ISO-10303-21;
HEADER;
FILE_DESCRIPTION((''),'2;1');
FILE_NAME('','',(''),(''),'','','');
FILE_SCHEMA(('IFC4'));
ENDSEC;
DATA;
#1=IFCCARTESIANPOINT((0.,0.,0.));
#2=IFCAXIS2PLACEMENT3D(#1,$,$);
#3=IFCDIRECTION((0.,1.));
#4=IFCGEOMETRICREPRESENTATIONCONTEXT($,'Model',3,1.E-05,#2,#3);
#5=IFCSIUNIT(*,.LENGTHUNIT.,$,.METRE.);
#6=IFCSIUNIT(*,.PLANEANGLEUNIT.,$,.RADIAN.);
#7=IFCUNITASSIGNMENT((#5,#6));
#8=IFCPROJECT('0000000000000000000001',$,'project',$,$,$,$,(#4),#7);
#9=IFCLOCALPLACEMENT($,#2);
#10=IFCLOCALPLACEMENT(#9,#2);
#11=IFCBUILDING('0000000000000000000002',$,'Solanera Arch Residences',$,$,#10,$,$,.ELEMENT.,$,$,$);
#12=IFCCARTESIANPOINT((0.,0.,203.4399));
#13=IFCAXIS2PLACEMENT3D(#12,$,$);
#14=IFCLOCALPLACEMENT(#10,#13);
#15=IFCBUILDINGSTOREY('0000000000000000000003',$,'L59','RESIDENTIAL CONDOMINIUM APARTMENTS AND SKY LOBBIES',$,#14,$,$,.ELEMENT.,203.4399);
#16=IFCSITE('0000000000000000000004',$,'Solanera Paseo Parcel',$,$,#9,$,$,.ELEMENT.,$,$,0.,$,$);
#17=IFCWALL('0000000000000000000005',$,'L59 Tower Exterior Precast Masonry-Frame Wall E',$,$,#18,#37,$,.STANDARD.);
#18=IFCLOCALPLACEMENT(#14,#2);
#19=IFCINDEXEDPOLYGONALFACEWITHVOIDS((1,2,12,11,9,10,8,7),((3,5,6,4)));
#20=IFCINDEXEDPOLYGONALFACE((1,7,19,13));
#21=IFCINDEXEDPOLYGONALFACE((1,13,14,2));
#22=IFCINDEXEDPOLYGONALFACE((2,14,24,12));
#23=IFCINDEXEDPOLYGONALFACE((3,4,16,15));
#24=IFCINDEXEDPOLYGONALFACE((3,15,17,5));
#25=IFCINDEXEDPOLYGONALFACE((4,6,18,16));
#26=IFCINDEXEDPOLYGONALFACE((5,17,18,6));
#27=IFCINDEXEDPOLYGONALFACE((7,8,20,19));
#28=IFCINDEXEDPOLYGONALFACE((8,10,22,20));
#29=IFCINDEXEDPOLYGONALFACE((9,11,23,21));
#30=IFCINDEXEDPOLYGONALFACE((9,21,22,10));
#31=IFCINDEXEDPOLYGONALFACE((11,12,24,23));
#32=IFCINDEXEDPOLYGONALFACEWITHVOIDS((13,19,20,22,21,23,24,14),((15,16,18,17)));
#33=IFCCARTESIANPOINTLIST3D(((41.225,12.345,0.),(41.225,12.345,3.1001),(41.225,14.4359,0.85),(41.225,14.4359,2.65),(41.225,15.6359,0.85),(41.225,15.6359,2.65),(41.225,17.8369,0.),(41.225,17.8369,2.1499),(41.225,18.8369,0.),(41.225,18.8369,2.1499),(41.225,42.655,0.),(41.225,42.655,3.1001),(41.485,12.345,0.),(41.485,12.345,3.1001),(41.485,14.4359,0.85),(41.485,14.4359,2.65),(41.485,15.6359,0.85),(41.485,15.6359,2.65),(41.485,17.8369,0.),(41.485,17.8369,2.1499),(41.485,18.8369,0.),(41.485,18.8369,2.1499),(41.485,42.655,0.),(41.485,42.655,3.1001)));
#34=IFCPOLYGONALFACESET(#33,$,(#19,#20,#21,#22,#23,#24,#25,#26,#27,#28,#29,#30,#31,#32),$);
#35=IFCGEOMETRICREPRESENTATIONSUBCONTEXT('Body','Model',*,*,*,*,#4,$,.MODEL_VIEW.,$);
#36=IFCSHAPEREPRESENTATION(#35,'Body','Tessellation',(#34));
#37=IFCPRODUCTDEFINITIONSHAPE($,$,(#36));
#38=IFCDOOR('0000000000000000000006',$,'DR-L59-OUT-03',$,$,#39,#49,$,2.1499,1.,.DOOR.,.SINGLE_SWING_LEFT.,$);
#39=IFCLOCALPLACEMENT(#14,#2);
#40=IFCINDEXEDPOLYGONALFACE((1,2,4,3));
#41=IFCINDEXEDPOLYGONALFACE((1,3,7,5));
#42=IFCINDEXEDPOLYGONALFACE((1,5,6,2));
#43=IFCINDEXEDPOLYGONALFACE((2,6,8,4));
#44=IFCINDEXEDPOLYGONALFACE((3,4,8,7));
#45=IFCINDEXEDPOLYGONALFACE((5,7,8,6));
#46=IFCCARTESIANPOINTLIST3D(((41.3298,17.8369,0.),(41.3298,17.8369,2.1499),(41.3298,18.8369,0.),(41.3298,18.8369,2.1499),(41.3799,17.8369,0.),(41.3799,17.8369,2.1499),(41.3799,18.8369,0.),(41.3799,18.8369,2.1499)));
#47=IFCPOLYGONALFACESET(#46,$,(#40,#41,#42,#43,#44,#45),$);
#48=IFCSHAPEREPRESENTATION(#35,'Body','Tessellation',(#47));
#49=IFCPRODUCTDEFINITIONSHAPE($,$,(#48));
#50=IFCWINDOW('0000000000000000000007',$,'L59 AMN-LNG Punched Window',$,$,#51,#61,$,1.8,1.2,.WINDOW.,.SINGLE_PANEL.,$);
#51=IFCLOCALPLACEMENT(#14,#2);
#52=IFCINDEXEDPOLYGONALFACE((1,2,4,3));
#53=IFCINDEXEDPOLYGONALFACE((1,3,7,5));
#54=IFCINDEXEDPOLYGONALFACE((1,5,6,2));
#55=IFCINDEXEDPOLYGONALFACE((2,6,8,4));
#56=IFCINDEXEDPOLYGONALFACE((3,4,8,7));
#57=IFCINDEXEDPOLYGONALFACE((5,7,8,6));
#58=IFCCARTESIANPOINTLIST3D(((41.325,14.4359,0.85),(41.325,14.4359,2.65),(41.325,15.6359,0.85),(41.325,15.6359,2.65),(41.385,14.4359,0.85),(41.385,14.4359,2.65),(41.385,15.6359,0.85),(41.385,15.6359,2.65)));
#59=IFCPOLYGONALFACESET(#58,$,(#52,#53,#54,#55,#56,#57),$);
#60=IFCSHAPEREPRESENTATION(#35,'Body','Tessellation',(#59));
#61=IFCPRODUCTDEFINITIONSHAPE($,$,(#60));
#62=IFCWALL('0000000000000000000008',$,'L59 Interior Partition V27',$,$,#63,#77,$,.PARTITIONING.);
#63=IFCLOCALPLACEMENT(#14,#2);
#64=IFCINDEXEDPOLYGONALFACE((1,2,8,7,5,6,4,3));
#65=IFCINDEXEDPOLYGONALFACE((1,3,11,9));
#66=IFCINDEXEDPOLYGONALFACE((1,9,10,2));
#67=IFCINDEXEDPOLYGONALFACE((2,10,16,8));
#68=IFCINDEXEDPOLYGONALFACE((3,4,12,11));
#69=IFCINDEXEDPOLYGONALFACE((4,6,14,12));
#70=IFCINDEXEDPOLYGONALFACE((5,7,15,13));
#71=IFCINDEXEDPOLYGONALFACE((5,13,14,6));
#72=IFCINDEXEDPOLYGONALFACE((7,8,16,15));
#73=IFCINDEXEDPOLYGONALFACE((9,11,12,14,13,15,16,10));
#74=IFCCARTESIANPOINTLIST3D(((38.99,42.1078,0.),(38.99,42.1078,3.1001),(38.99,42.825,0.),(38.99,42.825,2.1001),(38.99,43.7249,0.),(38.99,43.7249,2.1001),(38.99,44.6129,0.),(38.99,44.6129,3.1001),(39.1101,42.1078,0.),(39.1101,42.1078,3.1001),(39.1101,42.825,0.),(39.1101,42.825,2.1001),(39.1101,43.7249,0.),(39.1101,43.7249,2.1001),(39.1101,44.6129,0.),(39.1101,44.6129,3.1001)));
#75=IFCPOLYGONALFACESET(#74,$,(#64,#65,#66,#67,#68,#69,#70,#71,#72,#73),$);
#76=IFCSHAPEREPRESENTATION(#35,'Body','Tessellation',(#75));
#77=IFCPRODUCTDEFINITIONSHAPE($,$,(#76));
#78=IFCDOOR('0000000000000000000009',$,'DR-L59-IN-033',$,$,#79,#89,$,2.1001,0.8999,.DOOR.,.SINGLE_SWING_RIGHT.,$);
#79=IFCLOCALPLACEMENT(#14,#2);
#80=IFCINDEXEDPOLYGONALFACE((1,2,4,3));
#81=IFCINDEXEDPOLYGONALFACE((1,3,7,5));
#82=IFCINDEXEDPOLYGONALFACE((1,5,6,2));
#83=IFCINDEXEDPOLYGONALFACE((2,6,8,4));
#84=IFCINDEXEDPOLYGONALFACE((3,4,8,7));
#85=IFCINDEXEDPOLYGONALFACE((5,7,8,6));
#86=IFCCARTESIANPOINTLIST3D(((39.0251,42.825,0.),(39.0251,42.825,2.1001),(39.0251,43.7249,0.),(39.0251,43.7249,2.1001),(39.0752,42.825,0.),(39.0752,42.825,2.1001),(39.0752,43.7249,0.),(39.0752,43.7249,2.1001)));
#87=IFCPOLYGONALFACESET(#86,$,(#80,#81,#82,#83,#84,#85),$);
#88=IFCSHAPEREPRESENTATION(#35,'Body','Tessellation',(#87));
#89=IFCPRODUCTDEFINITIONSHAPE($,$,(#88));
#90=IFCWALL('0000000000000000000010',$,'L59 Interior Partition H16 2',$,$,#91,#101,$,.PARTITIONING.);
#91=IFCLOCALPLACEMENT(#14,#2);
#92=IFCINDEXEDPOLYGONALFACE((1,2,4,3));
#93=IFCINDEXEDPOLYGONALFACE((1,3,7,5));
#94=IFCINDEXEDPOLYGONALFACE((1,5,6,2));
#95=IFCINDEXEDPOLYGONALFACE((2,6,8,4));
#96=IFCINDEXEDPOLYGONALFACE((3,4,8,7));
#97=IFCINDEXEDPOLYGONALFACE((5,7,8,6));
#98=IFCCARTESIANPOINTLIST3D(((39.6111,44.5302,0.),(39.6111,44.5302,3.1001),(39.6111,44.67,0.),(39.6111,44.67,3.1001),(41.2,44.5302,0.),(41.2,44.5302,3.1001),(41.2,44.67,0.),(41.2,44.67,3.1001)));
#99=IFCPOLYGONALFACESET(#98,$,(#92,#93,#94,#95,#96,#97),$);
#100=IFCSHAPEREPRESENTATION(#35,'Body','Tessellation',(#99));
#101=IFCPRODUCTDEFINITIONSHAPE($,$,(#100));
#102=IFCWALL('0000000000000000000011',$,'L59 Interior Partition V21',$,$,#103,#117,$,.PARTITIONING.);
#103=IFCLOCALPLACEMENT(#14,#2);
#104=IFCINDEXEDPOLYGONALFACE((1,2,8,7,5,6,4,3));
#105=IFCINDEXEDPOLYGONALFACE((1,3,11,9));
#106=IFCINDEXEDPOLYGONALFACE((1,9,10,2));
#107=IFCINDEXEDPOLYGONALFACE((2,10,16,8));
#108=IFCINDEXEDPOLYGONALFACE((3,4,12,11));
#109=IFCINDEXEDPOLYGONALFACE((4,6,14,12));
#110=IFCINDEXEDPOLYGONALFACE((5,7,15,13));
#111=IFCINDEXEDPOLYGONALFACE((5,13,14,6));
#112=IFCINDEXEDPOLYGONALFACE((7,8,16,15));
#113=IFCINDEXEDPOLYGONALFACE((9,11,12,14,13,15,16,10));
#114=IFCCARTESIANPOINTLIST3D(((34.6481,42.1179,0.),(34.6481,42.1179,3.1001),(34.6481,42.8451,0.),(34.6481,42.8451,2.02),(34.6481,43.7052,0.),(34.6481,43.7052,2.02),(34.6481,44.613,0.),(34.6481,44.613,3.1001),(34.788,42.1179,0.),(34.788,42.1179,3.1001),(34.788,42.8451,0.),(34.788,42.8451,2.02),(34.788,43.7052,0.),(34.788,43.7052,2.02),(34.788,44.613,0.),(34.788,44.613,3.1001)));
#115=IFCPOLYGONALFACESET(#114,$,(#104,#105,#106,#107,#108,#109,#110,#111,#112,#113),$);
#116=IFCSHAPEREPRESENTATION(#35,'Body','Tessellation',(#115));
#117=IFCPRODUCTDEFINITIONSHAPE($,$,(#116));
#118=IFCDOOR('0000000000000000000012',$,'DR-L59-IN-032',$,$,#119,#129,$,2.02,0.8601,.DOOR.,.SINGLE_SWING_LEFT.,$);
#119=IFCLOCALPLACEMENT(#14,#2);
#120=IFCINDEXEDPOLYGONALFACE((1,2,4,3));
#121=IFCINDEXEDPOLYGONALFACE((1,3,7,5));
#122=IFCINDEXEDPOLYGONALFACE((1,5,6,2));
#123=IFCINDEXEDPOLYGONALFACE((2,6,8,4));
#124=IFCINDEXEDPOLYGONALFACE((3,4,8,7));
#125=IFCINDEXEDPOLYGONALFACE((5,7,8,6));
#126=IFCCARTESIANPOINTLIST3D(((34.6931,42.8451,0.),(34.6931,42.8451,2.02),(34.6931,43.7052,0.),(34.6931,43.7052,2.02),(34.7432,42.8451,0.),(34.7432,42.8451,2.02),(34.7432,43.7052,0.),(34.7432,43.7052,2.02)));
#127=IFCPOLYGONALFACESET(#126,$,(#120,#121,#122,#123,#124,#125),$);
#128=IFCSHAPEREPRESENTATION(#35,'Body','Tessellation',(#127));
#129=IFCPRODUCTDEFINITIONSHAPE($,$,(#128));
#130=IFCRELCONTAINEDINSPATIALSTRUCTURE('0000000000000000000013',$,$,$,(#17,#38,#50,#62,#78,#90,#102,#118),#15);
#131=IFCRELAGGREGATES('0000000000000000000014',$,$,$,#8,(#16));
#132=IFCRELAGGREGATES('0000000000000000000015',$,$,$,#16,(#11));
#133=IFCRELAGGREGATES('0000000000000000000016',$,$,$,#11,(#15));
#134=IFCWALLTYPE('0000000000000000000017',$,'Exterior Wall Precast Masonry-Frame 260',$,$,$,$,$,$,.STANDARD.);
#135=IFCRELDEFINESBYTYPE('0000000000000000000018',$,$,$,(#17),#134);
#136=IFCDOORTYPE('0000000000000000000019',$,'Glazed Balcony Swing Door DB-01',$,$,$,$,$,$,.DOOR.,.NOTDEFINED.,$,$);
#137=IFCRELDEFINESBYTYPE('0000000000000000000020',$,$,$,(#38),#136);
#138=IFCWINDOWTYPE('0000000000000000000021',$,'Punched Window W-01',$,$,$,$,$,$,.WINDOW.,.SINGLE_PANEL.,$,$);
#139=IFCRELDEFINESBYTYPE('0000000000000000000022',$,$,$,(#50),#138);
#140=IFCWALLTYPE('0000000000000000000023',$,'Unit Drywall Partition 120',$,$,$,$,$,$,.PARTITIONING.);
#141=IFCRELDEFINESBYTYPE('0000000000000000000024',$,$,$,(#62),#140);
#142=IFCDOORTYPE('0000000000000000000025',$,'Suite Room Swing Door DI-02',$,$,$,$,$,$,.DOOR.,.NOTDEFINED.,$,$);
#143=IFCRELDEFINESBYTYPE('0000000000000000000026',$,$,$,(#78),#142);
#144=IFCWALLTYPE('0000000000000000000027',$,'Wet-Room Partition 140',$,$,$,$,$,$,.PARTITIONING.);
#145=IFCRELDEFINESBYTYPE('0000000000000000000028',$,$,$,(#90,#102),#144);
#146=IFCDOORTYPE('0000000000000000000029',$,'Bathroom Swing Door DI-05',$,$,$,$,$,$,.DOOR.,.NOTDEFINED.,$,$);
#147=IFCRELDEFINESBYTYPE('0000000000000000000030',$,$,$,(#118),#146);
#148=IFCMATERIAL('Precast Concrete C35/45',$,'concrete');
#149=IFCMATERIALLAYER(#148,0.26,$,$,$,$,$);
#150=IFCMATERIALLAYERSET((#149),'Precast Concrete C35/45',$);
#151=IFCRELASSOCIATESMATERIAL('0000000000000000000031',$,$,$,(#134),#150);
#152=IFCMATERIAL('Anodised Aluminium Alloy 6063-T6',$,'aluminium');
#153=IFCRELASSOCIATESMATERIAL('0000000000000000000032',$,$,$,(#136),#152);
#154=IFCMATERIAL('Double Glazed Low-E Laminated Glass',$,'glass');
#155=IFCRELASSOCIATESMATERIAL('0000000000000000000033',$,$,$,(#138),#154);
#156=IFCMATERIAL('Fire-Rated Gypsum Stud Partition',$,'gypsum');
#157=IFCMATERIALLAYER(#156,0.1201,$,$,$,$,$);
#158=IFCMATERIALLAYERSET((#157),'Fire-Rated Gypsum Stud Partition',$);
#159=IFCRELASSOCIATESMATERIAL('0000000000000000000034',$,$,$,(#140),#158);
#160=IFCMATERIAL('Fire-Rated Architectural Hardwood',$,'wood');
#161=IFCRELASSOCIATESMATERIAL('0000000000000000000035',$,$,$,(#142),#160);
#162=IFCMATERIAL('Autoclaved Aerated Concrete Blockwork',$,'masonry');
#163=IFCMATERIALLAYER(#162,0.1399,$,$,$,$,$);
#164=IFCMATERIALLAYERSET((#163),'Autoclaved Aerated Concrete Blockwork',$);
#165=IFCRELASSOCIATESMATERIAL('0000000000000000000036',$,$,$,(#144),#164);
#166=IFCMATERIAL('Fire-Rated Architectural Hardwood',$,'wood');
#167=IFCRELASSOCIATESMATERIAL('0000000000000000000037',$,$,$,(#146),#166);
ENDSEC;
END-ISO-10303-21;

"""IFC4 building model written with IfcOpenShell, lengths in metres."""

from ifc_helpers import new_model, si_unit, direction, frame, frame_2d, origin, place, context, subcontext, project, spatial, rectangle, extrude, material, layer, layer_set, type_object, element, fill, save


model = new_model("IFC4")

# Units and contexts
model_context = context("Model", 3, precision=1e-05, world=origin(), true_north=direction((0.0, 1.0)))
body_context = subcontext(model_context, "Body", "Model", "MODEL_VIEW")
ifc_project = project(units=[si_unit("LENGTHUNIT", "METRE"), si_unit("PLANEANGLEUNIT", "RADIAN")], contexts=[model_context])

# Site, building, storey
site_placement = place(None, origin())
site = spatial("IfcSite", under=ifc_project, at=site_placement, Name="Solanera Paseo Parcel", CompositionType="ELEMENT", RefElevation=0.0)
building_placement = place(site_placement, origin())
building = spatial("IfcBuilding", under=site, at=building_placement, Name="Solanera Arch Residences", CompositionType="ELEMENT")
storey_placement = place(building_placement, frame((0.0, 0.0, 203.4399)))
storey = spatial("IfcBuildingStorey", under=building, at=storey_placement, Name="L59", Description="RESIDENTIAL CONDOMINIUM APARTMENTS AND SKY LOBBIES", CompositionType="ELEMENT", Elevation=203.4399)

# Shared definitions
ifc_material_1 = material(Name="Precast Concrete C35/45", Category="concrete")
ifc_layer_1 = layer(ifc_material_1, 0.26)
ifc_layer_set_1 = layer_set([ifc_layer_1], Name="Precast Concrete C35/45")
wall_type_1 = type_object("IfcWallType", Name="Exterior Wall Precast Masonry-Frame 260", PredefinedType="STANDARD", material=ifc_layer_set_1)

# Wall, openings, door, window
wall_1_placement = place(storey_placement, frame((41.355, 42.655, 0.0), z_axis=(0.0, 0.0, 1.0), x_axis=(0.0, -1.0, 0.0)))
wall_1 = element("IfcWall", 1, at=wall_1_placement, inside=storey, type_object=wall_type_1, Name="L59 Tower Exterior Precast Masonry-Frame Wall E", PredefinedType="STANDARD", context=body_context, shape_type="SweptSolid", body=[
    extrude(rectangle(XDim=30.3101, YDim=0.26, at=frame_2d((15.155, 0.0))), origin(), (0.0, 0.0, 1.0), 3.1001),
])
opening_1_placement = place(wall_1_placement, frame((23.8181, 0.0, 0.0)))
opening_1 = element("IfcOpeningElement", 2, at=opening_1_placement, cuts=wall_1, PredefinedType="OPENING", context=body_context, shape_type="SweptSolid", body=[
    extrude(rectangle(XDim=1.0, YDim=2.1499, at=frame_2d((0.5, 1.075))), frame((0.0, 0.1399, 0.0), z_axis=(0.0, -1.0, 0.0), x_axis=(1.0, 0.0, 0.0)), (0.0, 0.0, 1.0), 0.28),
])
opening_2_placement = place(wall_1_placement, frame((27.019, 0.0, 0.8501)))
opening_2 = element("IfcOpeningElement", 3, at=opening_2_placement, cuts=wall_1, PredefinedType="OPENING", context=body_context, shape_type="SweptSolid", body=[
    extrude(rectangle(XDim=1.2, YDim=1.8, at=frame_2d((0.6001, 0.8999))), frame((0.0, 0.1399, 0.0), z_axis=(0.0, -1.0, 0.0), x_axis=(1.0, 0.0, 0.0)), (0.0, 0.0, 1.0), 0.28),
])
ifc_material_2 = material(Name="Anodised Aluminium Alloy 6063-T6", Category="aluminium")
door_type_1 = type_object("IfcDoorType", Name="Glazed Balcony Swing Door DB-01", OperationType="NOTDEFINED", PredefinedType="DOOR", material=ifc_material_2)
door_1_placement = place(opening_1_placement, origin())
door_1 = element("IfcDoor", 4, at=door_1_placement, inside=storey, type_object=door_type_1, Name="DR-L59-OUT-03", OperationType="SINGLE_SWING_LEFT", OverallHeight=2.1499, OverallWidth=1.0, PredefinedType="DOOR", context=body_context, shape_type="SweptSolid", body=[
    extrude(rectangle(XDim=1.0, YDim=2.1499, at=frame_2d((0.5, 1.075))), frame((0.0, 0.0249, 0.0), z_axis=(0.0, -1.0, 0.0), x_axis=(1.0, 0.0, 0.0)), (0.0, 0.0, 1.0), 0.05),
])
fill(opening_1, door_1)
ifc_material_3 = material(Name="Double Glazed Low-E Laminated Glass", Category="glass")
window_type = type_object("IfcWindowType", Name="Punched Window W-01", PartitioningType="SINGLE_PANEL", PredefinedType="WINDOW", material=ifc_material_3)
window_placement = place(opening_2_placement, origin())
window = element("IfcWindow", 5, at=window_placement, inside=storey, type_object=window_type, Name="L59 AMN-LNG Punched Window", OverallHeight=1.8, OverallWidth=1.2, PartitioningType="SINGLE_PANEL", PredefinedType="WINDOW", context=body_context, shape_type="SweptSolid", body=[
    extrude(rectangle(XDim=1.2, YDim=1.8, at=frame_2d((0.6001, 0.8999))), frame((0.0, 0.03, 0.0), z_axis=(0.0, -1.0, 0.0), x_axis=(1.0, 0.0, 0.0)), (0.0, 0.0, 1.0), 0.0601),
])
fill(opening_2, window)

# Wall, opening, door
ifc_material_4 = material(Name="Fire-Rated Gypsum Stud Partition", Category="gypsum")
ifc_layer_2 = layer(ifc_material_4, 0.1201)
ifc_layer_set_2 = layer_set([ifc_layer_2], Name="Fire-Rated Gypsum Stud Partition")
wall_type_2 = type_object("IfcWallType", Name="Unit Drywall Partition 120", PredefinedType="PARTITIONING", material=ifc_layer_set_2)
wall_2_placement = place(storey_placement, frame((39.05, 42.1079, 0.0), z_axis=(0.0, 0.0, 1.0), x_axis=(0.0, 1.0, 0.0)))
wall_2 = element("IfcWall", 6, at=wall_2_placement, inside=storey, type_object=wall_type_2, Name="L59 Interior Partition V27", PredefinedType="PARTITIONING", context=body_context, shape_type="SweptSolid", body=[
    extrude(rectangle(XDim=2.5051, YDim=0.1201, at=frame_2d((1.2524, 0.0))), origin(), (0.0, 0.0, 1.0), 3.1001),
])
opening_3_placement = place(wall_2_placement, frame((0.717, 0.0, 0.0)))
opening_3 = element("IfcOpeningElement", 7, at=opening_3_placement, cuts=wall_2, PredefinedType="OPENING", context=body_context, shape_type="SweptSolid", body=[
    extrude(rectangle(XDim=0.8999, YDim=2.1001, at=frame_2d((0.45, 1.05))), frame((0.0, 0.0701, 0.0), z_axis=(0.0, -1.0, 0.0), x_axis=(1.0, 0.0, 0.0)), (0.0, 0.0, 1.0), 0.1401),
])
ifc_material_5 = material(Name="Fire-Rated Architectural Hardwood", Category="wood")
door_type_2 = type_object("IfcDoorType", Name="Suite Room Swing Door DI-02", OperationType="NOTDEFINED", PredefinedType="DOOR", material=ifc_material_5)
door_2_placement = place(opening_3_placement, origin())
door_2 = element("IfcDoor", 8, at=door_2_placement, inside=storey, type_object=door_type_2, Name="DR-L59-IN-033", OperationType="SINGLE_SWING_RIGHT", OverallHeight=2.1001, OverallWidth=0.8999, PredefinedType="DOOR", context=body_context, shape_type="SweptSolid", body=[
    extrude(rectangle(XDim=0.8999, YDim=2.1001, at=frame_2d((0.45, 1.05))), frame((0.0, 0.0249, 0.0), z_axis=(0.0, -1.0, 0.0), x_axis=(1.0, 0.0, 0.0)), (0.0, 0.0, 1.0), 0.05),
])
fill(opening_3, door_2)

# Wall
ifc_material_6 = material(Name="Autoclaved Aerated Concrete Blockwork", Category="masonry")
ifc_layer_3 = layer(ifc_material_6, 0.1399)
ifc_layer_set_3 = layer_set([ifc_layer_3], Name="Autoclaved Aerated Concrete Blockwork")
wall_type_3 = type_object("IfcWallType", Name="Wet-Room Partition 140", PredefinedType="PARTITIONING", material=ifc_layer_set_3)
wall_3_placement = place(storey_placement, frame((39.6111, 44.6001, 0.0), z_axis=(0.0, 0.0, 1.0), x_axis=(1.0, 0.0, 0.0)))
element("IfcWall", 9, at=wall_3_placement, inside=storey, type_object=wall_type_3, Name="L59 Interior Partition H16 2", PredefinedType="PARTITIONING", context=body_context, shape_type="SweptSolid", body=[
    extrude(rectangle(XDim=1.5889, YDim=0.1399, at=frame_2d((0.7944, 0.0))), origin(), (0.0, 0.0, 1.0), 3.1001),
])

# Wall, opening, door
wall_4_placement = place(storey_placement, frame((34.718, 42.1179, 0.0), z_axis=(0.0, 0.0, 1.0), x_axis=(0.0, 1.0, 0.0)))
wall_4 = element("IfcWall", 10, at=wall_4_placement, inside=storey, type_object=wall_type_3, Name="L59 Interior Partition V21", PredefinedType="PARTITIONING", context=body_context, shape_type="SweptSolid", body=[
    extrude(rectangle(XDim=2.4951, YDim=0.1399, at=frame_2d((1.2476, 0.0))), origin(), (0.0, 0.0, 1.0), 3.1001),
])
opening_4_placement = place(wall_4_placement, frame((0.7271, 0.0, 0.0)))
opening_4 = element("IfcOpeningElement", 11, at=opening_4_placement, cuts=wall_4, PredefinedType="OPENING", context=body_context, shape_type="SweptSolid", body=[
    extrude(rectangle(XDim=0.8601, YDim=2.02, at=frame_2d((0.4302, 1.01))), frame((0.0, 0.0798, 0.0), z_axis=(0.0, -1.0, 0.0), x_axis=(1.0, 0.0, 0.0)), (0.0, 0.0, 1.0), 0.1599),
])
ifc_material_7 = material(Name="Fire-Rated Architectural Hardwood", Category="wood")
door_type_3 = type_object("IfcDoorType", Name="Bathroom Swing Door DI-05", OperationType="NOTDEFINED", PredefinedType="DOOR", material=ifc_material_7)
door_3_placement = place(opening_4_placement, origin())
door_3 = element("IfcDoor", 12, at=door_3_placement, inside=storey, type_object=door_type_3, Name="DR-L59-IN-032", OperationType="SINGLE_SWING_LEFT", OverallHeight=2.02, OverallWidth=0.8601, PredefinedType="DOOR", context=body_context, shape_type="SweptSolid", body=[
    extrude(rectangle(XDim=0.8601, YDim=2.02, at=frame_2d((0.4302, 1.01))), frame((0.0, 0.0249, 0.0), z_axis=(0.0, -1.0, 0.0), x_axis=(1.0, 0.0, 0.0)), (0.0, 0.0, 1.0), 0.05),
])
fill(opening_4, door_3)

save(model, "model.ifc")
